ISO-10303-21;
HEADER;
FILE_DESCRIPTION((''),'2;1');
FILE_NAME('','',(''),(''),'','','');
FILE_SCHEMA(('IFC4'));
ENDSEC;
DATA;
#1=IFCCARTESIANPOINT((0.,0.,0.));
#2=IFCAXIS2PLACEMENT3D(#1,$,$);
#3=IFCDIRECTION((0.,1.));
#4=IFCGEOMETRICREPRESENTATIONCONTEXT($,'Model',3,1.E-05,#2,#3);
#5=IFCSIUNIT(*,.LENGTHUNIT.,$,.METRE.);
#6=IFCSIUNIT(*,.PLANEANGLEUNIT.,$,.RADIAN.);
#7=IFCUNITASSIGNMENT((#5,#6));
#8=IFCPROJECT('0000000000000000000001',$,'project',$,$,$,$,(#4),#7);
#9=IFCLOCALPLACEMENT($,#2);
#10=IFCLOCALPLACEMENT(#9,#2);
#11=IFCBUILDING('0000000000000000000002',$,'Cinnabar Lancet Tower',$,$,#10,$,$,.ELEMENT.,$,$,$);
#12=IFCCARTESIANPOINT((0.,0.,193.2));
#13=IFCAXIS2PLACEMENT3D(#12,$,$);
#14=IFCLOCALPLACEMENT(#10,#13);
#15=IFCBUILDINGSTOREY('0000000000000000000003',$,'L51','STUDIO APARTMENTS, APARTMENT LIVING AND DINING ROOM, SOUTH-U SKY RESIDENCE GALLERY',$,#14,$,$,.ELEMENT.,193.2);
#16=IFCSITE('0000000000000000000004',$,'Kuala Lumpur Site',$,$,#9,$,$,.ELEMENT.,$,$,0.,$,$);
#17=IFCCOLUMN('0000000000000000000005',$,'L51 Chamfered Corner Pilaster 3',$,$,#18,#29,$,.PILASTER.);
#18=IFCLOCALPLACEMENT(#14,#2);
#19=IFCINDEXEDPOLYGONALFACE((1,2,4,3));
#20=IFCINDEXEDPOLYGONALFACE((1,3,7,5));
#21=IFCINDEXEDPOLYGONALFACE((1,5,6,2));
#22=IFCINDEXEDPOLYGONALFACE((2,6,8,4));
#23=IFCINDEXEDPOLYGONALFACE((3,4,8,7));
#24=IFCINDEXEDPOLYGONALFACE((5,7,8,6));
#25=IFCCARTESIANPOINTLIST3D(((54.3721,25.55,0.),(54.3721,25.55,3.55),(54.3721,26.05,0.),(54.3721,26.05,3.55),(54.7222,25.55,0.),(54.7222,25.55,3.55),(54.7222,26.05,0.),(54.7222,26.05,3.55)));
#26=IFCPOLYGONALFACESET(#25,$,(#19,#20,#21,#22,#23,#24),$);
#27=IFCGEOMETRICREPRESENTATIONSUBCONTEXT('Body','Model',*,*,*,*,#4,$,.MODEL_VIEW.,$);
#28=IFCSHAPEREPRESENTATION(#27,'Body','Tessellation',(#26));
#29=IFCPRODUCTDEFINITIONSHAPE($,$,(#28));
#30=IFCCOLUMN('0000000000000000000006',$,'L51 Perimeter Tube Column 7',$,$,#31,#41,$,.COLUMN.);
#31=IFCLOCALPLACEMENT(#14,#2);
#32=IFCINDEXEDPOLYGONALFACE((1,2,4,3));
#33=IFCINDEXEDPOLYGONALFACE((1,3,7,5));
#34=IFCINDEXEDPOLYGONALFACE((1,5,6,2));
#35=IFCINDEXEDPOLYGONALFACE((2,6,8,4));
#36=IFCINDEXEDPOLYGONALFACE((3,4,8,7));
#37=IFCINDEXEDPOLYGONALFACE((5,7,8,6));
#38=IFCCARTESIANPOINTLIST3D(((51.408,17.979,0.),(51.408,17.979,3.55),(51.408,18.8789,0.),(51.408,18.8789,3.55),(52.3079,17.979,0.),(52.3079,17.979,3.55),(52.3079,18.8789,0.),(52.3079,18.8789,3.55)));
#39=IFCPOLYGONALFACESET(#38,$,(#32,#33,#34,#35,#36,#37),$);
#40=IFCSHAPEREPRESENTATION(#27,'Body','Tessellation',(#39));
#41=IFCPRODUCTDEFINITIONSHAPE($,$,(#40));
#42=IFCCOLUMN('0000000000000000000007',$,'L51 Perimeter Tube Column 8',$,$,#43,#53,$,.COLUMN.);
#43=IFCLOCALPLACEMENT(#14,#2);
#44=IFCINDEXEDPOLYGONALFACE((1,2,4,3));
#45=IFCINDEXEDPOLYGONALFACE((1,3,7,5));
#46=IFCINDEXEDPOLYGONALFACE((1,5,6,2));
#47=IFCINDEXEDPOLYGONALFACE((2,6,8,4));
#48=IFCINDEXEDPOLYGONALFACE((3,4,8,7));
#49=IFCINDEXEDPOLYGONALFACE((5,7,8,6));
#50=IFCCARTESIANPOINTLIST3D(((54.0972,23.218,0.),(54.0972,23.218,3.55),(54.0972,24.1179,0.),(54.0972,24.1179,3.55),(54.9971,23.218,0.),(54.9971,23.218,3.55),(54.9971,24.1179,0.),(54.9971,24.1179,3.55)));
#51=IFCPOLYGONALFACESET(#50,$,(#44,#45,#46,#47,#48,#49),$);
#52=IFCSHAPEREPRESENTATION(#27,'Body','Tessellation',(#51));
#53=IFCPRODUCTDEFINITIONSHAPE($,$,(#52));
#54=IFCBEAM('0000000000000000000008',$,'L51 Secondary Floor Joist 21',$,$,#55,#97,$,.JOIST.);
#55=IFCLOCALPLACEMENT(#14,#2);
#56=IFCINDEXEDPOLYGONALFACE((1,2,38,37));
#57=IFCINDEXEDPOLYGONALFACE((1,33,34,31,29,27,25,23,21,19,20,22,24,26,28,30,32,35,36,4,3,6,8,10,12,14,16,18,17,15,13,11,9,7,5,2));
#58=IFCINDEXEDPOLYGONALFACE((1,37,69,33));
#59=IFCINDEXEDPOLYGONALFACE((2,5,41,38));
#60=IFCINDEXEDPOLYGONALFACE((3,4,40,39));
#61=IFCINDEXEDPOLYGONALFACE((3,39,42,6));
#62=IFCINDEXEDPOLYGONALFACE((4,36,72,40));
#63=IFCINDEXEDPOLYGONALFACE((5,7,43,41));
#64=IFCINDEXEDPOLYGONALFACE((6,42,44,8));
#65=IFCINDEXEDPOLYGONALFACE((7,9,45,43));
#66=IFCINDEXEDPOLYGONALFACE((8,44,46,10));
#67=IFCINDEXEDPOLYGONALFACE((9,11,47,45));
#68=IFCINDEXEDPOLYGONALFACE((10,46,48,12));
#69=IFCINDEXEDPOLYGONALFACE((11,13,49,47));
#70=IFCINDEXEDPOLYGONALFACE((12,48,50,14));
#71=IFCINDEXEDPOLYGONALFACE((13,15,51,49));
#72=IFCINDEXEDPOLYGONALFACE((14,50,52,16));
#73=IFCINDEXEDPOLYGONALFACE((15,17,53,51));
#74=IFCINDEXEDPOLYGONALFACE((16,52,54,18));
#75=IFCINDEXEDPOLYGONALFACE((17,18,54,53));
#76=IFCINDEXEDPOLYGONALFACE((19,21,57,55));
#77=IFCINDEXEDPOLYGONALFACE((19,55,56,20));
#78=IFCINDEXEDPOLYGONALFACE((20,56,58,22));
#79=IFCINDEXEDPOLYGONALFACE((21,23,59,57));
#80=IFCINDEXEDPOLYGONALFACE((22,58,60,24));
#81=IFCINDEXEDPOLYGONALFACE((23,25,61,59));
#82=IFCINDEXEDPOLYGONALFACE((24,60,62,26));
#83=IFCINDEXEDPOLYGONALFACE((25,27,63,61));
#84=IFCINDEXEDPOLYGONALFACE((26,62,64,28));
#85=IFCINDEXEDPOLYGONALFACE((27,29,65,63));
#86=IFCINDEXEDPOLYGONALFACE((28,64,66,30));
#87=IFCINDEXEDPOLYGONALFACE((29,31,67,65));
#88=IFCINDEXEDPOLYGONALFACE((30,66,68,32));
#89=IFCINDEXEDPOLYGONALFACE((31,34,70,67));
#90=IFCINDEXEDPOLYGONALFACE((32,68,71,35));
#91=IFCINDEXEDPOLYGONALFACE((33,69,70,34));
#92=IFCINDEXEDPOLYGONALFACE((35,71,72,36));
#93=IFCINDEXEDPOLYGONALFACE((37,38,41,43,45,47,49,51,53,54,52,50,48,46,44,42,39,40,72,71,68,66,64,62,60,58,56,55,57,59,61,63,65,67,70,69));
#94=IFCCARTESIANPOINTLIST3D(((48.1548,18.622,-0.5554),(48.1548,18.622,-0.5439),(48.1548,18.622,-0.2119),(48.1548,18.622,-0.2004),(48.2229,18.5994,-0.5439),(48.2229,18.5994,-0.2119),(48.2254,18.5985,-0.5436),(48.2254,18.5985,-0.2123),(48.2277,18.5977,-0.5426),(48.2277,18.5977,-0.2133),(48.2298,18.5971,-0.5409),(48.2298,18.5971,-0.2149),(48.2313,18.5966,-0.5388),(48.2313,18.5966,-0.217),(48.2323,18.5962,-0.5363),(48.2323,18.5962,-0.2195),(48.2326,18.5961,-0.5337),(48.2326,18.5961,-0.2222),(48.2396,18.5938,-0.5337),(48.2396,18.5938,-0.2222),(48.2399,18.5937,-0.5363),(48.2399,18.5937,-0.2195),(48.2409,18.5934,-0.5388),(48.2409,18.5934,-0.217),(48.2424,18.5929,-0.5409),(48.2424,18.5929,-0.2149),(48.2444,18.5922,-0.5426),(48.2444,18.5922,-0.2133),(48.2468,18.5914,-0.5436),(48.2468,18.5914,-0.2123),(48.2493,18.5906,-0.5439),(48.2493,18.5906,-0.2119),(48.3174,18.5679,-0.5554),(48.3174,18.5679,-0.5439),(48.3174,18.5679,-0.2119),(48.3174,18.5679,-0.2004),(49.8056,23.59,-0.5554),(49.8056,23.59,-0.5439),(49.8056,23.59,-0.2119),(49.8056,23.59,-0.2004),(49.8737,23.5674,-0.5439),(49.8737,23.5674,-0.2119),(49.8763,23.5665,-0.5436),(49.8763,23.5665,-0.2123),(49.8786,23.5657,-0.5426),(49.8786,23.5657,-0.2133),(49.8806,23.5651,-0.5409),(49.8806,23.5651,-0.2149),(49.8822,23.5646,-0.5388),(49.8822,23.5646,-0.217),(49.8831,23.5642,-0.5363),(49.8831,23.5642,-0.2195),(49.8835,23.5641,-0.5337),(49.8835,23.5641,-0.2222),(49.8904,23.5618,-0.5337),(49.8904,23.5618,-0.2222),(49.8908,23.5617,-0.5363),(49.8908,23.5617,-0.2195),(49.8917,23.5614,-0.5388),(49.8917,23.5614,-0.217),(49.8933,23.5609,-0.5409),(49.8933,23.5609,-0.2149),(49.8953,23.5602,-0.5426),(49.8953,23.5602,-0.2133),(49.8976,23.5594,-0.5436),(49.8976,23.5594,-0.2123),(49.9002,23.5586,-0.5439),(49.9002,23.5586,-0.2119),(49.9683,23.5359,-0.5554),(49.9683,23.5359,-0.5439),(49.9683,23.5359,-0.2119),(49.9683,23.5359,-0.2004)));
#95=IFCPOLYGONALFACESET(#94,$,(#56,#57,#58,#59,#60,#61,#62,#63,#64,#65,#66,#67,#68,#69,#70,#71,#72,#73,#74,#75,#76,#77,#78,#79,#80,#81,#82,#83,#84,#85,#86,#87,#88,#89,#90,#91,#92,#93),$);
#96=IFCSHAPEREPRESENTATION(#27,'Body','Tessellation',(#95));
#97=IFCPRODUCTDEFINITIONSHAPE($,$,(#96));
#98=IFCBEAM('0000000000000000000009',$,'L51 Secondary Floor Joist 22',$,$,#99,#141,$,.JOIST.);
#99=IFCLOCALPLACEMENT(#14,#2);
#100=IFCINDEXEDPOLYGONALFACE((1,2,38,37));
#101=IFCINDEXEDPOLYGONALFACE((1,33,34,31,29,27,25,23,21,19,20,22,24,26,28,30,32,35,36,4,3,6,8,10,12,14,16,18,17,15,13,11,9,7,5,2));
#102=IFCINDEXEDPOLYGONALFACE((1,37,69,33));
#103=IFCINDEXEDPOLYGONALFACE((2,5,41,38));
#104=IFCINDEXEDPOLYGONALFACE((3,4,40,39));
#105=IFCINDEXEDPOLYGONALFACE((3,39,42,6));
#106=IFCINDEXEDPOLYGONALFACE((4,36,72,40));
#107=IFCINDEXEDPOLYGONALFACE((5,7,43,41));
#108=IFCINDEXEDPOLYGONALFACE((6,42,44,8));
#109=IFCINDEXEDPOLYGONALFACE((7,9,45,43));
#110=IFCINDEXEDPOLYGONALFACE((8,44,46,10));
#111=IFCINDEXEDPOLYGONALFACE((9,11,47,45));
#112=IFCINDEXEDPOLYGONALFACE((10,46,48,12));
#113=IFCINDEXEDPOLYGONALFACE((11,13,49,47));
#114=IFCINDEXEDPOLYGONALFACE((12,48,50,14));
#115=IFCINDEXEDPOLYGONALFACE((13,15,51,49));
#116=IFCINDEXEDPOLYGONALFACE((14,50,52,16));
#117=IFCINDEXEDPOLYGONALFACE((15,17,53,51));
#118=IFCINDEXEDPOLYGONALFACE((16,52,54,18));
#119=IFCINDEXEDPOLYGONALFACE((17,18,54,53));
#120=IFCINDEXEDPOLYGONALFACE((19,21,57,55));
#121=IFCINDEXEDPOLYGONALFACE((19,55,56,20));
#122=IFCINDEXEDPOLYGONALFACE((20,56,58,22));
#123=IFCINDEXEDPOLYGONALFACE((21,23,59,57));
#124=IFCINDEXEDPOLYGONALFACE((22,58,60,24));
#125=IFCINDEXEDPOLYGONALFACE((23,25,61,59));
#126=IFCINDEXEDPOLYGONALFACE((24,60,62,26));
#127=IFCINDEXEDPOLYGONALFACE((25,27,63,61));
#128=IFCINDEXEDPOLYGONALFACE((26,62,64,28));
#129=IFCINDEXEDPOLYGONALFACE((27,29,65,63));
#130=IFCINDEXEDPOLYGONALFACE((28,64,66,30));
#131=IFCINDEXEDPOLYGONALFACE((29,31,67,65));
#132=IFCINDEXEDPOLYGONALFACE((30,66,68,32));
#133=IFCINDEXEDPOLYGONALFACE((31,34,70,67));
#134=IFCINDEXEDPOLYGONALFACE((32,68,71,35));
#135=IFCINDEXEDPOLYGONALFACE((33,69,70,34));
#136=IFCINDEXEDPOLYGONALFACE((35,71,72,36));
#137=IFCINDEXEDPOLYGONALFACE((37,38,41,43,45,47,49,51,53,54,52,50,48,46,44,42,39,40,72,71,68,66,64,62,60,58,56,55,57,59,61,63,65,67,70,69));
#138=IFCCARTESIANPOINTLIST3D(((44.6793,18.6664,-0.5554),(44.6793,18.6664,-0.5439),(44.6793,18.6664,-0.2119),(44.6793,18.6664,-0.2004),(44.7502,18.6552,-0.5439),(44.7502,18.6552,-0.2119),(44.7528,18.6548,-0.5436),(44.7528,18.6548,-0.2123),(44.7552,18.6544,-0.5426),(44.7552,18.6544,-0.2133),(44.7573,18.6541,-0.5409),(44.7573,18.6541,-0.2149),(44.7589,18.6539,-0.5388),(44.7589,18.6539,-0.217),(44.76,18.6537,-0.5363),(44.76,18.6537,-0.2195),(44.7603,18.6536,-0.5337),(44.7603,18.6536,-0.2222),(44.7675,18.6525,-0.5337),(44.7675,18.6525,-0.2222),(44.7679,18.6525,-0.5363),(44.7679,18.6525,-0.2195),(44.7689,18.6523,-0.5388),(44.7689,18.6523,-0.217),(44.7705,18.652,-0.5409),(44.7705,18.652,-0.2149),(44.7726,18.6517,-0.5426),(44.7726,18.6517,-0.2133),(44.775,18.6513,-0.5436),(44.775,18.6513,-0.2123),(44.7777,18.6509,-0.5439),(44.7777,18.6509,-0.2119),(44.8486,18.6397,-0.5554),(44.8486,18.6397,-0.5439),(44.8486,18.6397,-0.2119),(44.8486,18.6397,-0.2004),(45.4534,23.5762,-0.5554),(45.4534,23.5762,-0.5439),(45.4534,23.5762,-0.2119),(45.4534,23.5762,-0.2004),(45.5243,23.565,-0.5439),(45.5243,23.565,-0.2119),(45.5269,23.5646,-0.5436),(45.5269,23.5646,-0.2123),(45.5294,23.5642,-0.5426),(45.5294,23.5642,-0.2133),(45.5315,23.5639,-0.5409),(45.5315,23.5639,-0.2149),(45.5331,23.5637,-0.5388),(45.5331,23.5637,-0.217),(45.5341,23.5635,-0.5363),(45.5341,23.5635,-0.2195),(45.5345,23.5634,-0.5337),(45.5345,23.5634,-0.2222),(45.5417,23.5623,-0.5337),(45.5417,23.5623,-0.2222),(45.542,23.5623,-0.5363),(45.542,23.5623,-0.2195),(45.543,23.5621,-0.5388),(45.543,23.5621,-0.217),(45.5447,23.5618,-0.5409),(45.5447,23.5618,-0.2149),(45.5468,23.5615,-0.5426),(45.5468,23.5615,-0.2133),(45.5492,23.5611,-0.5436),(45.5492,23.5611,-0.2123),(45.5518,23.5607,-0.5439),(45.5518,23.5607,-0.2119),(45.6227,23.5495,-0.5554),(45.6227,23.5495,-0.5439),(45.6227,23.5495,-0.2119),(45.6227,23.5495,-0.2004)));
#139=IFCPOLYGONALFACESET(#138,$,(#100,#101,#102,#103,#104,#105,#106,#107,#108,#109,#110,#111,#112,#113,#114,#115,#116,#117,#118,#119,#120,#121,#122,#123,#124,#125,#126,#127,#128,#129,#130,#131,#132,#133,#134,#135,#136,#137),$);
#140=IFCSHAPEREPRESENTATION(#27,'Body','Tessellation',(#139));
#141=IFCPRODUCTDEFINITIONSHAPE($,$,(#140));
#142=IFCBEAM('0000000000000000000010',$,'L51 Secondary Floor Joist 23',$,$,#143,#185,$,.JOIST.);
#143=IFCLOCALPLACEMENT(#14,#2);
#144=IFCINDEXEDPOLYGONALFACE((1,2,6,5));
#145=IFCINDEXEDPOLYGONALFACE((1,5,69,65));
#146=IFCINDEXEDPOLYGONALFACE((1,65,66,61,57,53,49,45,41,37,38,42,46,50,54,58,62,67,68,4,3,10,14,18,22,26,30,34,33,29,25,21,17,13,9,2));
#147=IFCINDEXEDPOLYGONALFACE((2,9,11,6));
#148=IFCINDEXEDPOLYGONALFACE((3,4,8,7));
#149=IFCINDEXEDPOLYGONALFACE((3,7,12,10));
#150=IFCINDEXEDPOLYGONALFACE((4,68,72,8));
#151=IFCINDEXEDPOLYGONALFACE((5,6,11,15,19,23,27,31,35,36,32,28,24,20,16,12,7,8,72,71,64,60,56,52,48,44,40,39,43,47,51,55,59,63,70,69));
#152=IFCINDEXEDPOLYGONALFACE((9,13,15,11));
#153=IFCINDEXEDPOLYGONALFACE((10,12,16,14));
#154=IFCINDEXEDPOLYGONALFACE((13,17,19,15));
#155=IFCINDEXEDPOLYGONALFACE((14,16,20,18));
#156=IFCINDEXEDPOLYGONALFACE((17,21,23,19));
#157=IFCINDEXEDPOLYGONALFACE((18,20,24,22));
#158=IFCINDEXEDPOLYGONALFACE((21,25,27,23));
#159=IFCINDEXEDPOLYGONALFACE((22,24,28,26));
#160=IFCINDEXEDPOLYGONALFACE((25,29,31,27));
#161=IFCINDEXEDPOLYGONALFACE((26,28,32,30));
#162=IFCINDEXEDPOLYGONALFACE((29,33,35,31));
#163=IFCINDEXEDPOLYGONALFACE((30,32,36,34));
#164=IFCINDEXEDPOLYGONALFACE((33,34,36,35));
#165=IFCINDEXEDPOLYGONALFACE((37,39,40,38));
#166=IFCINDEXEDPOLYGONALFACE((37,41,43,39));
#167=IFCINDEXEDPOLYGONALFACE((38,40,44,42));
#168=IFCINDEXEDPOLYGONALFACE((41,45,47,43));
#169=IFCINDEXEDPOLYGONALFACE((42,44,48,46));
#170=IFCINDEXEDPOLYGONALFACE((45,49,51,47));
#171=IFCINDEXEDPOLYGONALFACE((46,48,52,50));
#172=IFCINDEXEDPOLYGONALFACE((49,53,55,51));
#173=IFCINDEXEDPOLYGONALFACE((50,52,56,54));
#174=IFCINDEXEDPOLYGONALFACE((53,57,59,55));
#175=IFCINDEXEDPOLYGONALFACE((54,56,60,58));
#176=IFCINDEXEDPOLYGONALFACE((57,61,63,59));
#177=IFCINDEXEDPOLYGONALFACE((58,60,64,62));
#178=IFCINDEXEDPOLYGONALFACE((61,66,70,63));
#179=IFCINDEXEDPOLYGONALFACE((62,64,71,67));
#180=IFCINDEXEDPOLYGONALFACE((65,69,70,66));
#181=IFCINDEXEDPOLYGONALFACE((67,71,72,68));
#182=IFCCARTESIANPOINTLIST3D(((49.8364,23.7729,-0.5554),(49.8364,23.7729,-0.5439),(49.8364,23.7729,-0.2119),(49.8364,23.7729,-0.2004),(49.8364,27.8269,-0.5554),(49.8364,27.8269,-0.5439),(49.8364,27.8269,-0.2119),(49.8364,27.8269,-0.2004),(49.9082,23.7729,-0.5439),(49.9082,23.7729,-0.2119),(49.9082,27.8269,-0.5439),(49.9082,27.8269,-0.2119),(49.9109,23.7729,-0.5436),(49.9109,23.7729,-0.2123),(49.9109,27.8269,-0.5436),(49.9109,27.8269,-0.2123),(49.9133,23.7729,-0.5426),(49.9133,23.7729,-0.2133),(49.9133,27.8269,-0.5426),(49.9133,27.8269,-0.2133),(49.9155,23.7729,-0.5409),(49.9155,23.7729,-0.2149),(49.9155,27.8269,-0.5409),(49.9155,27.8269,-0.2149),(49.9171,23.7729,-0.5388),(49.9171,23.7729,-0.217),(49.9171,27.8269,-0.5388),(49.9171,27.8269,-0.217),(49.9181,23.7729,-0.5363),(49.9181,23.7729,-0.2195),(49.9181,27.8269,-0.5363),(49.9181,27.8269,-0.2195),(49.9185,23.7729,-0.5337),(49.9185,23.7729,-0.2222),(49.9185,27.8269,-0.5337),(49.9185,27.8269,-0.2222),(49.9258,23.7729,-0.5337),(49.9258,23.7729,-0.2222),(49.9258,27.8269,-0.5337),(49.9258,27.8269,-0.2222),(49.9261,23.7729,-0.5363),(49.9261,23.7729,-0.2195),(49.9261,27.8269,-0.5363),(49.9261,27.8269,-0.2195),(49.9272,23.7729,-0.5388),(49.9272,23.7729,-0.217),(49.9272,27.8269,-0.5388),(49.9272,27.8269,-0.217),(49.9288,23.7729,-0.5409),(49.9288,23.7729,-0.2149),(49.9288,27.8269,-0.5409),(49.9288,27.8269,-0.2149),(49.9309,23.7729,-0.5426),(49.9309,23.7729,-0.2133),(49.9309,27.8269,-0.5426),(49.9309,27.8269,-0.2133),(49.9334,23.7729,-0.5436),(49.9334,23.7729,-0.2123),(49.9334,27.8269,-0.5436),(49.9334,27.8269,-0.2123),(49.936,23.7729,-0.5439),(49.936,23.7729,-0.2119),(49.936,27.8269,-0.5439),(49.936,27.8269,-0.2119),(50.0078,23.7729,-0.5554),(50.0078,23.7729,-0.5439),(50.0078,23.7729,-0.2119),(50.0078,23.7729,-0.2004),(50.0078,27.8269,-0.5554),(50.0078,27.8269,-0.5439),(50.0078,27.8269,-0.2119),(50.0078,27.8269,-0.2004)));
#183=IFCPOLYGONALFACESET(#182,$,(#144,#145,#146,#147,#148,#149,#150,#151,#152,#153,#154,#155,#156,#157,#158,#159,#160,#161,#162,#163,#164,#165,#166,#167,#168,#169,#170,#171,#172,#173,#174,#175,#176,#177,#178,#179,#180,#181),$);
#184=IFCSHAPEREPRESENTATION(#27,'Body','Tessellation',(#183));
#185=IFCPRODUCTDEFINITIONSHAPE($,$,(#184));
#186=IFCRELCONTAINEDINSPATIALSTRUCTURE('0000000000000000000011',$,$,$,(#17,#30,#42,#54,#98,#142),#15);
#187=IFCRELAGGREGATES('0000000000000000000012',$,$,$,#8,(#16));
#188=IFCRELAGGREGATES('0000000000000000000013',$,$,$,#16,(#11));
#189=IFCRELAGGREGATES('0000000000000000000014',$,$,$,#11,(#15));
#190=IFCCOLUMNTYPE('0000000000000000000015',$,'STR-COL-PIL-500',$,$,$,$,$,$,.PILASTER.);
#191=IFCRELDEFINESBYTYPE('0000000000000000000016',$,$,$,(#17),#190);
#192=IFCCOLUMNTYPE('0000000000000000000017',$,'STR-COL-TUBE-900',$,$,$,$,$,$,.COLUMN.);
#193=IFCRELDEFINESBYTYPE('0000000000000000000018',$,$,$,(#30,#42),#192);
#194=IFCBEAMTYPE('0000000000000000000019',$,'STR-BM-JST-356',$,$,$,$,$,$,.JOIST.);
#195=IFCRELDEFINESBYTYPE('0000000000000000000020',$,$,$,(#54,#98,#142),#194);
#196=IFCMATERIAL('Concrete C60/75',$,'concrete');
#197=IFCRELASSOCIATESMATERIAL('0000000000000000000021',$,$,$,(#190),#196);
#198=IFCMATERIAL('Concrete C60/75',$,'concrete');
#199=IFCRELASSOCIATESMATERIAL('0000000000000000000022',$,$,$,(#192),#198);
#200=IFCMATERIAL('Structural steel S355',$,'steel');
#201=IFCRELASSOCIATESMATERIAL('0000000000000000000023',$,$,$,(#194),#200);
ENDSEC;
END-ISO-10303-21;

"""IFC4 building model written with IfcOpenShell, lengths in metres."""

from ifc_helpers import new_model, si_unit, direction, frame, origin, origin_2d, place, context, subcontext, project, spatial, rectangle, i_section, extrude, material, material_profile, profile_set, type_object, element, save


model = new_model("IFC4")

# Units and contexts
model_context = context("Model", 3, precision=1e-05, world=origin(), true_north=direction((0.0, 1.0)))
body_context = subcontext(model_context, "Body", "Model", "MODEL_VIEW")
ifc_project = project(units=[si_unit("LENGTHUNIT", "METRE"), si_unit("PLANEANGLEUNIT", "RADIAN")], contexts=[model_context])

# Site, building, storey
site_placement = place(None, origin())
site = spatial("IfcSite", under=ifc_project, at=site_placement, Name="Kuala Lumpur Site", CompositionType="ELEMENT", RefElevation=0.0)
building_placement = place(site_placement, origin())
building = spatial("IfcBuilding", under=site, at=building_placement, Name="Cinnabar Lancet Tower", CompositionType="ELEMENT")
storey_placement = place(building_placement, frame((0.0, 0.0, 193.2)))
storey = spatial("IfcBuildingStorey", under=building, at=storey_placement, Name="L51", Description="STUDIO APARTMENTS, APARTMENT LIVING AND DINING ROOM, SOUTH-U SKY RESIDENCE GALLERY", CompositionType="ELEMENT", Elevation=193.2)

# Columns
ifc_material_1 = material(Name="Concrete C60/75", Category="concrete")
ifc_material_profile_1 = material_profile(ifc_material_1, rectangle(XDim=0.5, YDim=0.3501, at=origin_2d()), Name="RC-PIL 500x350")
ifc_profile_set_1 = profile_set([ifc_material_profile_1], Name="Concrete C60/75")
column_type_1 = type_object("IfcColumnType", Name="STR-COL-PIL-500", PredefinedType="PILASTER", material=ifc_profile_set_1)
column_placement = place(storey_placement, frame((54.5471, 25.8, 0.0), z_axis=(0.0, 0.0, 1.0), x_axis=(0.0, 1.0, 0.0)))
element("IfcColumn", 1, at=column_placement, inside=storey, type_object=column_type_1, Name="L51 Chamfered Corner Pilaster 3", PredefinedType="PILASTER", context=body_context, shape_type="SweptSolid", body=[
    extrude(rectangle(XDim=0.5, YDim=0.3501, at=origin_2d()), origin(), (0.0, 0.0, 1.0), 3.55),
])
ifc_material_2 = material(Name="Concrete C60/75", Category="concrete")
ifc_material_profile_2 = material_profile(ifc_material_2, rectangle(XDim=0.8999, YDim=0.8999, at=origin_2d()), Name="RC-COL 900x900")
ifc_profile_set_2 = profile_set([ifc_material_profile_2], Name="Concrete C60/75")
column_type_2 = type_object("IfcColumnType", Name="STR-COL-TUBE-900", PredefinedType="COLUMN", material=ifc_profile_set_2)
for number, where, z_axis, x_axis, name in (
    (2, (51.8579, 18.429, 0.0), (0.0, 0.0, 1.0), (1.0, 0.0, 0.0), "L51 Perimeter Tube Column 7"),
    (3, (54.5471, 23.668, 0.0), (0.0, 0.0, 1.0), (1.0, 0.0, 0.0), "L51 Perimeter Tube Column 8"),
):
    element("IfcColumn", number, at=place(storey_placement, frame(where, z_axis=z_axis, x_axis=x_axis)), inside=storey, type_object=column_type_2, Name=name, PredefinedType="COLUMN", context=body_context, shape_type="SweptSolid", body=[
        extrude(rectangle(XDim=0.8999, YDim=0.8999, at=origin_2d()), origin(), (0.0, 0.0, 1.0), 3.55),
    ])

# Beams
ifc_material_3 = material(Name="Structural steel S355", Category="steel")
ifc_material_profile_3 = material_profile(ifc_material_3, i_section(OverallWidth=0.1714, OverallDepth=0.355, WebThickness=0.0073, FlangeThickness=0.0115, FilletRadius=0.0103, at=origin_2d()), Name="UKB 356x171x51")
ifc_profile_set_3 = profile_set([ifc_material_profile_3], Name="Structural steel S355")
beam_type_1 = type_object("IfcBeamType", Name="STR-BM-JST-356", PredefinedType="JOIST", material=ifc_profile_set_3)
beam_1_placement = place(storey_placement, frame((48.2361, 18.595, -0.3779), z_axis=(0.315346, 0.948977, 0.0), x_axis=(-0.948977, 0.315346, 0.0)))
element("IfcBeam", 4, at=beam_1_placement, inside=storey, type_object=beam_type_1, Name="L51 Secondary Floor Joist 21", PredefinedType="JOIST", context=body_context, shape_type="SweptSolid", body=[
    extrude(i_section(OverallWidth=0.1714, OverallDepth=0.355, WebThickness=0.0073, FlangeThickness=0.0115, FilletRadius=0.0103, at=origin_2d()), origin(), (0.0, 0.0, 1.0), 5.2351),
])
beam_2_placement = place(storey_placement, frame((44.7639, 18.6531, -0.3779), z_axis=(0.155751, 0.987796, 0.0), x_axis=(-0.987796, 0.155751, 0.0)))
element("IfcBeam", 5, at=beam_2_placement, inside=storey, type_object=beam_type_1, Name="L51 Secondary Floor Joist 22", PredefinedType="JOIST", context=body_context, shape_type="SweptSolid", body=[
    extrude(i_section(OverallWidth=0.1714, OverallDepth=0.355, WebThickness=0.0073, FlangeThickness=0.0115, FilletRadius=0.0103, at=origin_2d()), origin(), (0.0, 0.0, 1.0), 4.9705),
])
for number, where, z_axis, x_axis, name in (
    (6, (49.9221, 23.7729, -0.3779), (0.0, 1.0, 0.0), (-1.0, 0.0, 0.0), "L51 Secondary Floor Joist 23"),
):
    element("IfcBeam", number, at=place(storey_placement, frame(where, z_axis=z_axis, x_axis=x_axis)), inside=storey, type_object=beam_type_1, Name=name, PredefinedType="JOIST", context=body_context, shape_type="SweptSolid", body=[
        extrude(i_section(OverallWidth=0.1714, OverallDepth=0.355, WebThickness=0.0073, FlangeThickness=0.0115, FilletRadius=0.0103, at=origin_2d()), origin(), (0.0, 0.0, 1.0), 4.054),
    ])

save(model, "model.ifc")
